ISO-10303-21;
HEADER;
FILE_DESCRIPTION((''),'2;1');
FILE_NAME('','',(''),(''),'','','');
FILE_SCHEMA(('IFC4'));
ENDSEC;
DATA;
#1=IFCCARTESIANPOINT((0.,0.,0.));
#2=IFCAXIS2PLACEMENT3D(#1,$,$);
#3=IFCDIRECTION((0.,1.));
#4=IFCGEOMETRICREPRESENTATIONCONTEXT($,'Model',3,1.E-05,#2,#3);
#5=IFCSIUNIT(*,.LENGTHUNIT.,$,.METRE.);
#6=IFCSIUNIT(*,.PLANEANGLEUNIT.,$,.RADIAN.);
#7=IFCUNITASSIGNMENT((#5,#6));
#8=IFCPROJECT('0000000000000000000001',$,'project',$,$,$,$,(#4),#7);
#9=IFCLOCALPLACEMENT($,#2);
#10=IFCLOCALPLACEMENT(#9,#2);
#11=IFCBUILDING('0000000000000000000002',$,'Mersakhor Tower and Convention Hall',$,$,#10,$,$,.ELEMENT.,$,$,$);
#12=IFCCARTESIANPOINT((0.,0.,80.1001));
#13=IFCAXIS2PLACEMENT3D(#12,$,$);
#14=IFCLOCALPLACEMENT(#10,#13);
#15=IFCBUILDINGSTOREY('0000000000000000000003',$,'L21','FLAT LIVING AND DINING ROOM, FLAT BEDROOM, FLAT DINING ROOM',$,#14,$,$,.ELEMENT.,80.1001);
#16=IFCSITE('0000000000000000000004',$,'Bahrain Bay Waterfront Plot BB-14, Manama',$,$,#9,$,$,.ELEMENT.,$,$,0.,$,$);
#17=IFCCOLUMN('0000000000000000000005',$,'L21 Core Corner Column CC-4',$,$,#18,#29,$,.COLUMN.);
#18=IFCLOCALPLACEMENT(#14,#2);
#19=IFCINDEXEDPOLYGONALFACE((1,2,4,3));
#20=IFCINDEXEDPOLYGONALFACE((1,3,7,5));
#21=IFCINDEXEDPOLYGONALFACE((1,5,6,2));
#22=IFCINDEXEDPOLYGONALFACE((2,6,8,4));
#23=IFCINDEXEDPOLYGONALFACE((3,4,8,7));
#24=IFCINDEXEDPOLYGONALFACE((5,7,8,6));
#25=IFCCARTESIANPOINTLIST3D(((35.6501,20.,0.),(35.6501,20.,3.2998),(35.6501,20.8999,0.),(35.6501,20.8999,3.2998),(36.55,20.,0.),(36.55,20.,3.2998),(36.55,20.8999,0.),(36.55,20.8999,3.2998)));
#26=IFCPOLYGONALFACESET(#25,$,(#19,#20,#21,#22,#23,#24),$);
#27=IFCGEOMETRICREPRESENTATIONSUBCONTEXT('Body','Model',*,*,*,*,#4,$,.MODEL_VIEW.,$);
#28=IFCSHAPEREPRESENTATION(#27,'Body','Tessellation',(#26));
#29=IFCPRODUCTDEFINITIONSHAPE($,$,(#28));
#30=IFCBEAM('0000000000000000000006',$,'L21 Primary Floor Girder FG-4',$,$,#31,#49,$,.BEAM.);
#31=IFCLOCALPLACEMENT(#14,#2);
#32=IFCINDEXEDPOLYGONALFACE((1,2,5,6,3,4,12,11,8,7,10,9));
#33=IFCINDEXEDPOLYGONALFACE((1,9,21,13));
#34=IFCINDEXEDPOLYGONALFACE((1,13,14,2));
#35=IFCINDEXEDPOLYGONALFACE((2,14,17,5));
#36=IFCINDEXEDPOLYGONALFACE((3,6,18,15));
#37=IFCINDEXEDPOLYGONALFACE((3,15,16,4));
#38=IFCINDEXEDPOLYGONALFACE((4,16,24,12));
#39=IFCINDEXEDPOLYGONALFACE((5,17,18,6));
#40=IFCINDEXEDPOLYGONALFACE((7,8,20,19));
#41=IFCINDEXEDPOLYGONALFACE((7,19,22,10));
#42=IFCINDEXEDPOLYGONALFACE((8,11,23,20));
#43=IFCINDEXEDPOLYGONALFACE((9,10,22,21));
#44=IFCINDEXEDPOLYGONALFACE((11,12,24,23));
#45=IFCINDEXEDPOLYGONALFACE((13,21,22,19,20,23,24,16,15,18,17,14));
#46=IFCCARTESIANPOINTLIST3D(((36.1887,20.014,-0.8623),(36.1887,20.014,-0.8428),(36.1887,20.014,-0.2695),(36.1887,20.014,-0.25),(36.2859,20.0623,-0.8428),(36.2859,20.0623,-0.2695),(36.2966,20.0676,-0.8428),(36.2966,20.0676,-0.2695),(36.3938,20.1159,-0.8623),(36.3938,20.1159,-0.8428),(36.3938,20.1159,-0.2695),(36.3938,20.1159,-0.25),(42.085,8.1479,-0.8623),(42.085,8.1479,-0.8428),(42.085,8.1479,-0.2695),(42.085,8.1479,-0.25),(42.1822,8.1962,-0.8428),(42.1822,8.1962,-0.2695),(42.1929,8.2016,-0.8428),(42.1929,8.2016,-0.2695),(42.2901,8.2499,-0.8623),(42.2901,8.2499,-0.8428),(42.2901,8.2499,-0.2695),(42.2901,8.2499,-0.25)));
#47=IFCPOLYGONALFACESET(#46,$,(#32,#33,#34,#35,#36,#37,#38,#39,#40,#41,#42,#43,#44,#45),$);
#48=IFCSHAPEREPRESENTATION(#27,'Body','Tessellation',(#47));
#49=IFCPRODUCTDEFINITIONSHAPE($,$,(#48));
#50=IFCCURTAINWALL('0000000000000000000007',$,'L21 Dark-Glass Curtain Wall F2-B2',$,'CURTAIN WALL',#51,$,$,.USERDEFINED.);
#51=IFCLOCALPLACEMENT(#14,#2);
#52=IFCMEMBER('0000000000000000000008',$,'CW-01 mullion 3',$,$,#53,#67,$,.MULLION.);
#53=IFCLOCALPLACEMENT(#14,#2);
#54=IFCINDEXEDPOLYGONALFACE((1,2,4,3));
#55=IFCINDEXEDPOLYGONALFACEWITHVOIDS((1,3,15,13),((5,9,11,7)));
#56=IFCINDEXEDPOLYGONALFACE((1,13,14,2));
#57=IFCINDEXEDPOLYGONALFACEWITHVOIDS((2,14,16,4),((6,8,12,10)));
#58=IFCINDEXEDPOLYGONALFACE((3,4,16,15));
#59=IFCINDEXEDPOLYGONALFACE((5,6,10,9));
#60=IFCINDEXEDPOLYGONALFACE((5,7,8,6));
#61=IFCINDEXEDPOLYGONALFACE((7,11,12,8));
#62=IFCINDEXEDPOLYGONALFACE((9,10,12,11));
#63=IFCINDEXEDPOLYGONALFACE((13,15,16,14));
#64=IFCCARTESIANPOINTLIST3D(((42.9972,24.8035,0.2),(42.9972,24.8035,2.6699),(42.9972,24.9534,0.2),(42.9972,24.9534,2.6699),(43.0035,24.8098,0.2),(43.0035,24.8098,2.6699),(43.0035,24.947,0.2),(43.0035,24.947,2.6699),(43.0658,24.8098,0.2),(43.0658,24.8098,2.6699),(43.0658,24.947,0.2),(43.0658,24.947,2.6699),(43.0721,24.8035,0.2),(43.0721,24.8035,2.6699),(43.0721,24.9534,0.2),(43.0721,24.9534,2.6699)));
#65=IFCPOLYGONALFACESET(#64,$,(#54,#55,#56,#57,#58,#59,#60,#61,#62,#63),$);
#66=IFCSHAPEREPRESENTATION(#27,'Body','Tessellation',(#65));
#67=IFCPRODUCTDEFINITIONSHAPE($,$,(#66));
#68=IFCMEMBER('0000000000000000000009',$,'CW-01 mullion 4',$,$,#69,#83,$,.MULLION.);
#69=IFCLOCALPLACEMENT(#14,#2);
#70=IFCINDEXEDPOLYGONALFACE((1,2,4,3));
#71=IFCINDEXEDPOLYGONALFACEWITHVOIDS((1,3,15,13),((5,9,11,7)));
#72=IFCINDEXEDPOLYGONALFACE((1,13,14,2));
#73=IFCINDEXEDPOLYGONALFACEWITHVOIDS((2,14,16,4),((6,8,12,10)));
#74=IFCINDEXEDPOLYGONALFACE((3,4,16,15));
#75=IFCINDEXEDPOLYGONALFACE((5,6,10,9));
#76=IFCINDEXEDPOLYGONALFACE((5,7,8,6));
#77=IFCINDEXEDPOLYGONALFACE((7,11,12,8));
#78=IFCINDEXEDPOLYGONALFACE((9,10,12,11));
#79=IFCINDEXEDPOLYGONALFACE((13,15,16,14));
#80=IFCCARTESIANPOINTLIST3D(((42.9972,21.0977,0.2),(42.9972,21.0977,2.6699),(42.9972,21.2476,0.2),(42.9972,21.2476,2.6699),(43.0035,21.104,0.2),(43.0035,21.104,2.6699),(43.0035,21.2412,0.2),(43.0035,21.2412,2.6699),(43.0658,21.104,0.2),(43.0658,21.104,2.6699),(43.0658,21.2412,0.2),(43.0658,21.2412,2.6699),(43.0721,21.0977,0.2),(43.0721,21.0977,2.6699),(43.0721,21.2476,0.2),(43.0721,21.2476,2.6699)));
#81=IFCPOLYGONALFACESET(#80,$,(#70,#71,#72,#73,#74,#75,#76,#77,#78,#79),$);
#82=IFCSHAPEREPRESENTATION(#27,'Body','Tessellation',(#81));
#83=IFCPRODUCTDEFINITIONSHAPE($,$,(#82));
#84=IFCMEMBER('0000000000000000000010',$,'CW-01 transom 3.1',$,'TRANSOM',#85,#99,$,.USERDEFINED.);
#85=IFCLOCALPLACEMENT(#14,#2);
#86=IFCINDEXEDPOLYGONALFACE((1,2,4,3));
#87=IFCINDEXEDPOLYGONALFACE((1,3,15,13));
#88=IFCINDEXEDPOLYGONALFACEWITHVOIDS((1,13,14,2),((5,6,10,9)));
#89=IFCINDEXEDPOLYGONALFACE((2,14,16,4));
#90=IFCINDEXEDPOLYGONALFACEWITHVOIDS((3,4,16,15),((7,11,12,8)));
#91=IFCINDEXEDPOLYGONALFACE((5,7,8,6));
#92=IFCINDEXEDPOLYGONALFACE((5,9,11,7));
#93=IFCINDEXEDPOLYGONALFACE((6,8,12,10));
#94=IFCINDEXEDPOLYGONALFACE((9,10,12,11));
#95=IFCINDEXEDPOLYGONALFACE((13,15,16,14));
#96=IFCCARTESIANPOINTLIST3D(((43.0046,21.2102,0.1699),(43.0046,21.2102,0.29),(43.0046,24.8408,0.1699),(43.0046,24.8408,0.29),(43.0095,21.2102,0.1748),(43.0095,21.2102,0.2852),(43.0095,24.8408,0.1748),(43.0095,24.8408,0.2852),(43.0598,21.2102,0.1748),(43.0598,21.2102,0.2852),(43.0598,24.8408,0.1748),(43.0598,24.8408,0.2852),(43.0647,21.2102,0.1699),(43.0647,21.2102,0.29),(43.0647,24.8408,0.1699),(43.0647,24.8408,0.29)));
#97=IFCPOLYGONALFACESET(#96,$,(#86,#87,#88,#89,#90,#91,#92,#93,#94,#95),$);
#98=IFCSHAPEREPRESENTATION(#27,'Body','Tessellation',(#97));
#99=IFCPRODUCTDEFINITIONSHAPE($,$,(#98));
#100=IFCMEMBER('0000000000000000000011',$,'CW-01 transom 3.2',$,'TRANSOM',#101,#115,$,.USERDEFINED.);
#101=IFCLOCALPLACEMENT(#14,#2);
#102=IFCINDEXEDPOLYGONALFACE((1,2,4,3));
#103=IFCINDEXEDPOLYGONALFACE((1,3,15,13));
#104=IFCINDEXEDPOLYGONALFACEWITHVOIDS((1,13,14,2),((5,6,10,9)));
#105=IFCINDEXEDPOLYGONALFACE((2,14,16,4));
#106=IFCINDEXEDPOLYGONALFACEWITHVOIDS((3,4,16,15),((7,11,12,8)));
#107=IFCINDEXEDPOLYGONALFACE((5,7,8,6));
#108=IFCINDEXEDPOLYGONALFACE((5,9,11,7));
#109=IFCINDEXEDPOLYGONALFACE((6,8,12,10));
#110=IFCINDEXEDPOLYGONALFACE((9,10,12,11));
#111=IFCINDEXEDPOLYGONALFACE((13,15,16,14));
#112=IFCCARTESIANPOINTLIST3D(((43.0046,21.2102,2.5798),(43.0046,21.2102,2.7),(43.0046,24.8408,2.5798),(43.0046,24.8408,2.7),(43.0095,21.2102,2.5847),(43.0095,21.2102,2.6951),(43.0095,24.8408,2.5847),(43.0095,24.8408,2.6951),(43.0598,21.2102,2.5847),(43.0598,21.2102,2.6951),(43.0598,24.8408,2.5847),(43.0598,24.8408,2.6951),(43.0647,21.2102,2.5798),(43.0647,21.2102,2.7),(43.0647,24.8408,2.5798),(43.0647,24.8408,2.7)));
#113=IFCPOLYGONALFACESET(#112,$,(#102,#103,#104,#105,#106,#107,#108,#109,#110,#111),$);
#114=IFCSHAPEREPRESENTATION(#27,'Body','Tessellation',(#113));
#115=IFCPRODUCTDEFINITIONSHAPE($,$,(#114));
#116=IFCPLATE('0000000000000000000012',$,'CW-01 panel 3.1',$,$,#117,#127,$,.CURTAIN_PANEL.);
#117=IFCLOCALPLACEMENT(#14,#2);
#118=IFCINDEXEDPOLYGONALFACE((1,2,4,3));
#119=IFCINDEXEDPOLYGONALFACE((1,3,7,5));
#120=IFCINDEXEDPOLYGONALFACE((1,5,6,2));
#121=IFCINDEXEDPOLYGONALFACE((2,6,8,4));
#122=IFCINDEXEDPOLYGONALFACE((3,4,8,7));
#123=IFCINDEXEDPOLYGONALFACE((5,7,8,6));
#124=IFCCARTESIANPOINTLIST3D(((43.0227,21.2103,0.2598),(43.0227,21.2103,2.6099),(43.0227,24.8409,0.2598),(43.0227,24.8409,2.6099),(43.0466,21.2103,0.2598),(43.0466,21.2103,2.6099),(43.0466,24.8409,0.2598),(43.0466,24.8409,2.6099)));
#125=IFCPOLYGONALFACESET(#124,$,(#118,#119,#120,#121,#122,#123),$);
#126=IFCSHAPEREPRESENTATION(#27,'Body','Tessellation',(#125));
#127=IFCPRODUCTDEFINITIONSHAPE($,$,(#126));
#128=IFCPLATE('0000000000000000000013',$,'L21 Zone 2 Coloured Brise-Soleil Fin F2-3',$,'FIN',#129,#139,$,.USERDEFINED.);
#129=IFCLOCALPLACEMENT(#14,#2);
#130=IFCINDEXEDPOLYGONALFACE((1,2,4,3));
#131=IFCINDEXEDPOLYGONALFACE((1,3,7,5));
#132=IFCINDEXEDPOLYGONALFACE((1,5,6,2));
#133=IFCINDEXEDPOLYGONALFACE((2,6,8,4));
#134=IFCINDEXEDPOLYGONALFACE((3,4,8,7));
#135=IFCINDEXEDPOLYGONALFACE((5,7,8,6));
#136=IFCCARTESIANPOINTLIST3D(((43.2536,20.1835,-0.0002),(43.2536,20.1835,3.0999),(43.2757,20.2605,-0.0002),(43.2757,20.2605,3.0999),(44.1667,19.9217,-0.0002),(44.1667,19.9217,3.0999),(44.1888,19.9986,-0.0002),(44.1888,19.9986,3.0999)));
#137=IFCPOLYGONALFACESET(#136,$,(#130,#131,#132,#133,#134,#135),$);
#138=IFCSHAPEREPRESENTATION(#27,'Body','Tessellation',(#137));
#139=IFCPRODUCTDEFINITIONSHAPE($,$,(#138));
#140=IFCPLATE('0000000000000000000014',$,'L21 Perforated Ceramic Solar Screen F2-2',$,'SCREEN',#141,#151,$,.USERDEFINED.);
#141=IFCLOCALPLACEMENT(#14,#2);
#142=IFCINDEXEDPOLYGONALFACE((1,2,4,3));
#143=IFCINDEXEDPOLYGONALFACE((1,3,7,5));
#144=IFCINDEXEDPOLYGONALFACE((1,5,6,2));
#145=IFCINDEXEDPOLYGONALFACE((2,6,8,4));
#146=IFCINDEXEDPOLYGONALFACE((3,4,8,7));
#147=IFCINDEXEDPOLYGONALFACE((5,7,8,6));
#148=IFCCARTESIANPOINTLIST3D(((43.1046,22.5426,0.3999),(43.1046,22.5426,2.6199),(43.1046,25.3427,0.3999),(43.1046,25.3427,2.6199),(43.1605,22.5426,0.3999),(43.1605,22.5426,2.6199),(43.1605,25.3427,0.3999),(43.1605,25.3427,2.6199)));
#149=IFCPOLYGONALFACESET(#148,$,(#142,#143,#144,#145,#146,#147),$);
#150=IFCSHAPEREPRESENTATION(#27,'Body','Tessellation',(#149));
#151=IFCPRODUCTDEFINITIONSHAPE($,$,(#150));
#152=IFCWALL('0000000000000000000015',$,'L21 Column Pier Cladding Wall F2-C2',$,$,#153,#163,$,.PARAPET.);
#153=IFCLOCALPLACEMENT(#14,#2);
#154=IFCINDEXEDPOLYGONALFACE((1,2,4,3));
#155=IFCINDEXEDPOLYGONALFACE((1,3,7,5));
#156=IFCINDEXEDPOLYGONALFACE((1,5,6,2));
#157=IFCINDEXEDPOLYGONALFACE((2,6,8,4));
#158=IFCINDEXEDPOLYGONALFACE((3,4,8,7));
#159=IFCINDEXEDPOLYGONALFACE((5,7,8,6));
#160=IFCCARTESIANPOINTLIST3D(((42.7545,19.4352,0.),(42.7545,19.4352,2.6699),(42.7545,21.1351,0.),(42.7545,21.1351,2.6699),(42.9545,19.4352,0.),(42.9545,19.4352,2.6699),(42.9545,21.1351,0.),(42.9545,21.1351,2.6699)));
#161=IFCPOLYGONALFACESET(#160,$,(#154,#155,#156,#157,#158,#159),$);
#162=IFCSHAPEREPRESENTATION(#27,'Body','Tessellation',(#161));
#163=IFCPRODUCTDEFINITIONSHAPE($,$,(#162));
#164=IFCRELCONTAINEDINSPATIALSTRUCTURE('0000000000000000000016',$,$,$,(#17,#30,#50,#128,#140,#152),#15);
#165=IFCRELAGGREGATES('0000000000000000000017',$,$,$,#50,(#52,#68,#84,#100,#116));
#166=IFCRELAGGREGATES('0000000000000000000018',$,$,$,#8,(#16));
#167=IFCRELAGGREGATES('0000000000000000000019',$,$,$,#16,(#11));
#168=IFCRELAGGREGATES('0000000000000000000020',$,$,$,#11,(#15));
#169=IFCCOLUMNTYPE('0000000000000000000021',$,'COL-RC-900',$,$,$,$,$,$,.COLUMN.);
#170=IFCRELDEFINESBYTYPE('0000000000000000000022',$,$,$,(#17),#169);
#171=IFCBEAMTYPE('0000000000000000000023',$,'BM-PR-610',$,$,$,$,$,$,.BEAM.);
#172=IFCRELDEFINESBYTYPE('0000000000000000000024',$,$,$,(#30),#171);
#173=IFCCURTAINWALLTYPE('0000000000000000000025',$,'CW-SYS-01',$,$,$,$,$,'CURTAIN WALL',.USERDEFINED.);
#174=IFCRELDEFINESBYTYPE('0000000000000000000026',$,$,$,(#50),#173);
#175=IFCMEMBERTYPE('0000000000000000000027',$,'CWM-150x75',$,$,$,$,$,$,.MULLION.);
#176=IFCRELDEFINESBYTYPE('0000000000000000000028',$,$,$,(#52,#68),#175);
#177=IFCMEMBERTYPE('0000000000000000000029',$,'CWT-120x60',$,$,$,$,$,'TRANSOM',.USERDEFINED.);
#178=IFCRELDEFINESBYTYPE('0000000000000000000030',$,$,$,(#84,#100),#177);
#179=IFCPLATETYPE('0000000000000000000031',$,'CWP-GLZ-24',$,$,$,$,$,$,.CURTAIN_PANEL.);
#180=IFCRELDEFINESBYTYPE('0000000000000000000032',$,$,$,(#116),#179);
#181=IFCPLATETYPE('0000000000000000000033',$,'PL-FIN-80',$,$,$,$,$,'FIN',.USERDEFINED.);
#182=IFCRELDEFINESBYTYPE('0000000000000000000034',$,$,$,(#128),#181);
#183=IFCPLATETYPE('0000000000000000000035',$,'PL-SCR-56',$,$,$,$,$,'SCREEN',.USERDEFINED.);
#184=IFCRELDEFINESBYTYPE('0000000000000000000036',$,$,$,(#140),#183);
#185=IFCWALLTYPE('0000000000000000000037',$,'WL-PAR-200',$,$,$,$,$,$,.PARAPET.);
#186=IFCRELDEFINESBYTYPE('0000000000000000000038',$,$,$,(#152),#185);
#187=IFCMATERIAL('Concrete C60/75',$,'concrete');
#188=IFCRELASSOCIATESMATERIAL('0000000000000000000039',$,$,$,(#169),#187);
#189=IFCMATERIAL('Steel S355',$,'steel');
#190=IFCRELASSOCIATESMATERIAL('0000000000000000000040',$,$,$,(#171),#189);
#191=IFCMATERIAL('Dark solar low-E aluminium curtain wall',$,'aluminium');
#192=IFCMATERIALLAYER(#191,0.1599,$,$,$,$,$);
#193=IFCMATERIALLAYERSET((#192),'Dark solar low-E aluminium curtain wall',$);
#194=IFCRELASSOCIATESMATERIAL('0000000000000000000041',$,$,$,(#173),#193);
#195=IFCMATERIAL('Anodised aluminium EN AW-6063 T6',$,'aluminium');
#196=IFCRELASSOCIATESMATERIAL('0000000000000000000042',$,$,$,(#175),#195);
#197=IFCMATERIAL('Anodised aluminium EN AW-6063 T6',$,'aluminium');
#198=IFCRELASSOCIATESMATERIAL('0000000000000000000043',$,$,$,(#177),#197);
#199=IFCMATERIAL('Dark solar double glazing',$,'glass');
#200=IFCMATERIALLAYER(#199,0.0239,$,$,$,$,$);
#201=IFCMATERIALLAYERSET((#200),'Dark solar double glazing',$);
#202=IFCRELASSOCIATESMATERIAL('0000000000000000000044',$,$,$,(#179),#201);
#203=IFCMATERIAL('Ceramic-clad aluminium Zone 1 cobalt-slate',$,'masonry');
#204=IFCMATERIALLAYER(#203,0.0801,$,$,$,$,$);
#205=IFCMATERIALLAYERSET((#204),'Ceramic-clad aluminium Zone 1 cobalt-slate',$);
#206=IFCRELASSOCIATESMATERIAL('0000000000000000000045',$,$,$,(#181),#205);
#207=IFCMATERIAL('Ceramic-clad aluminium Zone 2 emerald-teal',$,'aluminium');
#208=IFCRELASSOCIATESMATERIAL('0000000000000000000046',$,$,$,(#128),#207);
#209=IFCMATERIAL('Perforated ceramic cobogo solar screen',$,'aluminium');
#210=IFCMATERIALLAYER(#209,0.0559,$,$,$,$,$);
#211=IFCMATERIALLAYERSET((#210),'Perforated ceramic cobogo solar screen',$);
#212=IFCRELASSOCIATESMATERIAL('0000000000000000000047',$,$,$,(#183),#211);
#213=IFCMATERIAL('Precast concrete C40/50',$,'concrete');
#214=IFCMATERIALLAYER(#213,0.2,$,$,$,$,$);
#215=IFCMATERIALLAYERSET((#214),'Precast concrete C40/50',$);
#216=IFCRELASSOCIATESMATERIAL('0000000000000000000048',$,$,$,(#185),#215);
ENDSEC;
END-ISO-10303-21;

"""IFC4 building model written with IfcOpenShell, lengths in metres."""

from ifc_helpers import new_model, si_unit, direction, frame, frame_2d, origin, origin_2d, place, context, subcontext, project, spatial, rectangle, hollow_rectangle, i_section, extrude, material, layer, layer_set, material_profile, profile_set, type_object, element, aggregate, save


model = new_model("IFC4")

# Units and contexts
model_context = context("Model", 3, precision=1e-05, world=origin(), true_north=direction((0.0, 1.0)))
body_context = subcontext(model_context, "Body", "Model", "MODEL_VIEW")
ifc_project = project(units=[si_unit("LENGTHUNIT", "METRE"), si_unit("PLANEANGLEUNIT", "RADIAN")], contexts=[model_context])

# Site, building, storey
site_placement = place(None, origin())
site = spatial("IfcSite", under=ifc_project, at=site_placement, Name="Bahrain Bay Waterfront Plot BB-14, Manama", CompositionType="ELEMENT", RefElevation=0.0)
building_placement = place(site_placement, origin())
building = spatial("IfcBuilding", under=site, at=building_placement, Name="Mersakhor Tower and Convention Hall", CompositionType="ELEMENT")
storey_placement = place(building_placement, frame((0.0, 0.0, 80.1001)))
storey = spatial("IfcBuildingStorey", under=building, at=storey_placement, Name="L21", Description="FLAT LIVING AND DINING ROOM, FLAT BEDROOM, FLAT DINING ROOM", CompositionType="ELEMENT", Elevation=80.1001)

# Column
ifc_material_1 = material(Name="Concrete C60/75", Category="concrete")
ifc_material_profile_1 = material_profile(ifc_material_1, rectangle(XDim=0.8999, YDim=0.8999, at=origin_2d()), Name="RC 900x900")
ifc_profile_set_1 = profile_set([ifc_material_profile_1], Name="Concrete C60/75")
column_type = type_object("IfcColumnType", Name="COL-RC-900", PredefinedType="COLUMN", material=ifc_profile_set_1)
column_placement = place(storey_placement, frame((36.1001, 20.45, 0.0), z_axis=(0.0, 0.0, 1.0), x_axis=(1.0, 0.0, 0.0)))
element("IfcColumn", 1, at=column_placement, inside=storey, type_object=column_type, Name="L21 Core Corner Column CC-4", PredefinedType="COLUMN", context=body_context, shape_type="SweptSolid", body=[
    extrude(rectangle(XDim=0.8999, YDim=0.8999, at=origin_2d()), origin(), (0.0, 0.0, 1.0), 3.2998),
])

# Beam
ifc_material_2 = material(Name="Steel S355", Category="steel")
ifc_material_profile_2 = material_profile(ifc_material_2, i_section(OverallWidth=0.229, OverallDepth=0.6123, WebThickness=0.012, FlangeThickness=0.0195, at=origin_2d()), Name="UB 610x229x125")
ifc_profile_set_2 = profile_set([ifc_material_profile_2], Name="Steel S355")
beam_type = type_object("IfcBeamType", Name="BM-PR-610", PredefinedType="BEAM", material=ifc_profile_set_2)
beam_placement = place(storey_placement, frame((36.2913, 20.0649, -0.5562), z_axis=(0.444994, -0.895534, 0.0), x_axis=(0.895534, 0.444994, 0.0)))
element("IfcBeam", 2, at=beam_placement, inside=storey, type_object=beam_type, Name="L21 Primary Floor Girder FG-4", PredefinedType="BEAM", context=body_context, shape_type="SweptSolid", body=[
    extrude(i_section(OverallWidth=0.229, OverallDepth=0.6123, WebThickness=0.012, FlangeThickness=0.0195, at=origin_2d()), origin(), (0.0, 0.0, 1.0), 13.2502),
])

# Curtain wall, members, plate
ifc_material_3 = material(Name="Dark solar low-E aluminium curtain wall", Category="aluminium")
ifc_layer_1 = layer(ifc_material_3, 0.1599)
ifc_layer_set_1 = layer_set([ifc_layer_1], Name="Dark solar low-E aluminium curtain wall")
curtain_wall_type = type_object("IfcCurtainWallType", Name="CW-SYS-01", ElementType="CURTAIN WALL", PredefinedType="USERDEFINED", material=ifc_layer_set_1)
curtain_wall_placement = place(storey_placement, origin())
curtain_wall = element("IfcCurtainWall", 3, at=curtain_wall_placement, inside=storey, type_object=curtain_wall_type, Name="L21 Dark-Glass Curtain Wall F2-B2", ObjectType="CURTAIN WALL", PredefinedType="USERDEFINED")
ifc_material_4 = material(Name="Anodised aluminium EN AW-6063 T6", Category="aluminium")
ifc_material_profile_3 = material_profile(ifc_material_4, hollow_rectangle(XDim=0.075, YDim=0.1499, WallThickness=0.0063, at=origin_2d()), Name="RHS 150x75x6.3")
ifc_profile_set_3 = profile_set([ifc_material_profile_3], Name="Anodised aluminium EN AW-6063 T6")
member_type_1 = type_object("IfcMemberType", Name="CWM-150x75", PredefinedType="MULLION", material=ifc_profile_set_3)
member_1_placement = place(storey_placement, frame((43.0347, 24.8784, 0.2), z_axis=(0.0, 0.0, 1.0), x_axis=(1.0, 0.0, 0.0)))
member_1 = element("IfcMember", 4, at=member_1_placement, type_object=member_type_1, Name="CW-01 mullion 3", PredefinedType="MULLION", context=body_context, shape_type="SweptSolid", body=[
    extrude(hollow_rectangle(XDim=0.075, YDim=0.1499, WallThickness=0.0063, at=origin_2d()), origin(), (0.0, 0.0, 1.0), 2.47),
])
member_2_placement = place(storey_placement, frame((43.0347, 21.1726, 0.2), z_axis=(0.0, 0.0, 1.0), x_axis=(1.0, 0.0, 0.0)))
member_2 = element("IfcMember", 5, at=member_2_placement, type_object=member_type_1, Name="CW-01 mullion 4", PredefinedType="MULLION", context=body_context, shape_type="SweptSolid", body=[
    extrude(hollow_rectangle(XDim=0.075, YDim=0.1499, WallThickness=0.0063, at=origin_2d()), origin(), (0.0, 0.0, 1.0), 2.47),
])
ifc_material_5 = material(Name="Anodised aluminium EN AW-6063 T6", Category="aluminium")
ifc_material_profile_4 = material_profile(ifc_material_5, hollow_rectangle(XDim=0.0601, YDim=0.1201, WallThickness=0.0049, at=origin_2d()), Name="RHS 120x60x5")
ifc_profile_set_4 = profile_set([ifc_material_profile_4], Name="Anodised aluminium EN AW-6063 T6")
member_type_2 = type_object("IfcMemberType", Name="CWT-120x60", ElementType="TRANSOM", PredefinedType="USERDEFINED", material=ifc_profile_set_4)
member_3_placement = place(storey_placement, frame((43.0347, 24.8408, 0.23), z_axis=(0.0, -1.0, 0.0), x_axis=(1.0, 0.0, 0.0)))
member_3 = element("IfcMember", 6, at=member_3_placement, type_object=member_type_2, Name="CW-01 transom 3.1", ObjectType="TRANSOM", PredefinedType="USERDEFINED", context=body_context, shape_type="SweptSolid", body=[
    extrude(hollow_rectangle(XDim=0.0601, YDim=0.1201, WallThickness=0.0049, at=origin_2d()), origin(), (0.0, 0.0, 1.0), 3.6306),
])
member_4_placement = place(storey_placement, frame((43.0347, 24.8408, 2.6399), z_axis=(0.0, -1.0, 0.0), x_axis=(1.0, 0.0, 0.0)))
member_4 = element("IfcMember", 7, at=member_4_placement, type_object=member_type_2, Name="CW-01 transom 3.2", ObjectType="TRANSOM", PredefinedType="USERDEFINED", context=body_context, shape_type="SweptSolid", body=[
    extrude(hollow_rectangle(XDim=0.0601, YDim=0.1201, WallThickness=0.0049, at=origin_2d()), origin(), (0.0, 0.0, 1.0), 3.6306),
])
ifc_material_6 = material(Name="Dark solar double glazing", Category="glass")
ifc_layer_2 = layer(ifc_material_6, 0.0239)
ifc_layer_set_2 = layer_set([ifc_layer_2], Name="Dark solar double glazing")
plate_type_1 = type_object("IfcPlateType", Name="CWP-GLZ-24", PredefinedType="CURTAIN_PANEL", material=ifc_layer_set_2)
plate_1_placement = place(storey_placement, frame((43.0347, 23.0256, 0.2598), z_axis=(0.0, 0.0, 1.0), x_axis=(0.0, -1.0, 0.0)))
plate_1 = element("IfcPlate", 8, at=plate_1_placement, type_object=plate_type_1, Name="CW-01 panel 3.1", PredefinedType="CURTAIN_PANEL", context=body_context, shape_type="SweptSolid", body=[
    extrude(rectangle(XDim=3.6306, YDim=0.0239, at=origin_2d()), origin(), (0.0, 0.0, 1.0), 2.3501),
])
aggregate(curtain_wall, [member_1, member_2, member_3, member_4, plate_1])

# Plates
ifc_material_7 = material(Name="Ceramic-clad aluminium Zone 2 emerald-teal", Category="aluminium")
ifc_material_8 = material(Name="Ceramic-clad aluminium Zone 1 cobalt-slate", Category="masonry")
ifc_layer_3 = layer(ifc_material_8, 0.0801)
ifc_layer_set_3 = layer_set([ifc_layer_3], Name="Ceramic-clad aluminium Zone 1 cobalt-slate")
plate_type_2 = type_object("IfcPlateType", Name="PL-FIN-80", ElementType="FIN", PredefinedType="USERDEFINED", material=ifc_layer_set_3)
plate_2_placement = place(storey_placement, frame((43.7212, 20.0911, -0.0002), z_axis=(0.0, 0.0, 1.0), x_axis=(0.961262, -0.275637, 0.0)))
element("IfcPlate", 9, at=plate_2_placement, inside=storey, type_object=plate_type_2, material=ifc_material_7, Name="L21 Zone 2 Coloured Brise-Soleil Fin F2-3", ObjectType="FIN", PredefinedType="USERDEFINED", context=body_context, shape_type="SweptSolid", body=[
    extrude(rectangle(XDim=0.95, YDim=0.0801, at=origin_2d()), origin(), (0.0, 0.0, 1.0), 3.1001),
])
ifc_material_9 = material(Name="Perforated ceramic cobogo solar screen", Category="aluminium")
ifc_layer_4 = layer(ifc_material_9, 0.0559)
ifc_layer_set_4 = layer_set([ifc_layer_4], Name="Perforated ceramic cobogo solar screen")
plate_type_3 = type_object("IfcPlateType", Name="PL-SCR-56", ElementType="SCREEN", PredefinedType="USERDEFINED", material=ifc_layer_set_4)
plate_3_placement = place(storey_placement, frame((43.1326, 23.9426, 0.3999), z_axis=(0.0, 0.0, 1.0), x_axis=(0.0, -1.0, 0.0)))
element("IfcPlate", 10, at=plate_3_placement, inside=storey, type_object=plate_type_3, Name="L21 Perforated Ceramic Solar Screen F2-2", ObjectType="SCREEN", PredefinedType="USERDEFINED", context=body_context, shape_type="SweptSolid", body=[
    extrude(rectangle(XDim=2.8, YDim=0.0559, at=origin_2d()), origin(), (0.0, 0.0, 1.0), 2.22),
])

# Wall
ifc_material_10 = material(Name="Precast concrete C40/50", Category="concrete")
ifc_layer_5 = layer(ifc_material_10, 0.2)
ifc_layer_set_5 = layer_set([ifc_layer_5], Name="Precast concrete C40/50")
wall_type_1 = type_object("IfcWallType", Name="WL-PAR-200", PredefinedType="PARAPET", material=ifc_layer_set_5)
wall_1_placement = place(storey_placement, frame((42.8545, 21.1353, 0.0), z_axis=(0.0, 0.0, 1.0), x_axis=(0.0, -1.0, 0.0)))
element("IfcWall", 11, at=wall_1_placement, inside=storey, type_object=wall_type_1, Name="L21 Column Pier Cladding Wall F2-C2", PredefinedType="PARAPET", context=body_context, shape_type="SweptSolid", body=[
    extrude(rectangle(XDim=1.7, YDim=0.2, at=frame_2d((0.8501, 0.0))), origin(), (0.0, 0.0, 1.0), 2.6699),
])

save(model, "model.ifc")
